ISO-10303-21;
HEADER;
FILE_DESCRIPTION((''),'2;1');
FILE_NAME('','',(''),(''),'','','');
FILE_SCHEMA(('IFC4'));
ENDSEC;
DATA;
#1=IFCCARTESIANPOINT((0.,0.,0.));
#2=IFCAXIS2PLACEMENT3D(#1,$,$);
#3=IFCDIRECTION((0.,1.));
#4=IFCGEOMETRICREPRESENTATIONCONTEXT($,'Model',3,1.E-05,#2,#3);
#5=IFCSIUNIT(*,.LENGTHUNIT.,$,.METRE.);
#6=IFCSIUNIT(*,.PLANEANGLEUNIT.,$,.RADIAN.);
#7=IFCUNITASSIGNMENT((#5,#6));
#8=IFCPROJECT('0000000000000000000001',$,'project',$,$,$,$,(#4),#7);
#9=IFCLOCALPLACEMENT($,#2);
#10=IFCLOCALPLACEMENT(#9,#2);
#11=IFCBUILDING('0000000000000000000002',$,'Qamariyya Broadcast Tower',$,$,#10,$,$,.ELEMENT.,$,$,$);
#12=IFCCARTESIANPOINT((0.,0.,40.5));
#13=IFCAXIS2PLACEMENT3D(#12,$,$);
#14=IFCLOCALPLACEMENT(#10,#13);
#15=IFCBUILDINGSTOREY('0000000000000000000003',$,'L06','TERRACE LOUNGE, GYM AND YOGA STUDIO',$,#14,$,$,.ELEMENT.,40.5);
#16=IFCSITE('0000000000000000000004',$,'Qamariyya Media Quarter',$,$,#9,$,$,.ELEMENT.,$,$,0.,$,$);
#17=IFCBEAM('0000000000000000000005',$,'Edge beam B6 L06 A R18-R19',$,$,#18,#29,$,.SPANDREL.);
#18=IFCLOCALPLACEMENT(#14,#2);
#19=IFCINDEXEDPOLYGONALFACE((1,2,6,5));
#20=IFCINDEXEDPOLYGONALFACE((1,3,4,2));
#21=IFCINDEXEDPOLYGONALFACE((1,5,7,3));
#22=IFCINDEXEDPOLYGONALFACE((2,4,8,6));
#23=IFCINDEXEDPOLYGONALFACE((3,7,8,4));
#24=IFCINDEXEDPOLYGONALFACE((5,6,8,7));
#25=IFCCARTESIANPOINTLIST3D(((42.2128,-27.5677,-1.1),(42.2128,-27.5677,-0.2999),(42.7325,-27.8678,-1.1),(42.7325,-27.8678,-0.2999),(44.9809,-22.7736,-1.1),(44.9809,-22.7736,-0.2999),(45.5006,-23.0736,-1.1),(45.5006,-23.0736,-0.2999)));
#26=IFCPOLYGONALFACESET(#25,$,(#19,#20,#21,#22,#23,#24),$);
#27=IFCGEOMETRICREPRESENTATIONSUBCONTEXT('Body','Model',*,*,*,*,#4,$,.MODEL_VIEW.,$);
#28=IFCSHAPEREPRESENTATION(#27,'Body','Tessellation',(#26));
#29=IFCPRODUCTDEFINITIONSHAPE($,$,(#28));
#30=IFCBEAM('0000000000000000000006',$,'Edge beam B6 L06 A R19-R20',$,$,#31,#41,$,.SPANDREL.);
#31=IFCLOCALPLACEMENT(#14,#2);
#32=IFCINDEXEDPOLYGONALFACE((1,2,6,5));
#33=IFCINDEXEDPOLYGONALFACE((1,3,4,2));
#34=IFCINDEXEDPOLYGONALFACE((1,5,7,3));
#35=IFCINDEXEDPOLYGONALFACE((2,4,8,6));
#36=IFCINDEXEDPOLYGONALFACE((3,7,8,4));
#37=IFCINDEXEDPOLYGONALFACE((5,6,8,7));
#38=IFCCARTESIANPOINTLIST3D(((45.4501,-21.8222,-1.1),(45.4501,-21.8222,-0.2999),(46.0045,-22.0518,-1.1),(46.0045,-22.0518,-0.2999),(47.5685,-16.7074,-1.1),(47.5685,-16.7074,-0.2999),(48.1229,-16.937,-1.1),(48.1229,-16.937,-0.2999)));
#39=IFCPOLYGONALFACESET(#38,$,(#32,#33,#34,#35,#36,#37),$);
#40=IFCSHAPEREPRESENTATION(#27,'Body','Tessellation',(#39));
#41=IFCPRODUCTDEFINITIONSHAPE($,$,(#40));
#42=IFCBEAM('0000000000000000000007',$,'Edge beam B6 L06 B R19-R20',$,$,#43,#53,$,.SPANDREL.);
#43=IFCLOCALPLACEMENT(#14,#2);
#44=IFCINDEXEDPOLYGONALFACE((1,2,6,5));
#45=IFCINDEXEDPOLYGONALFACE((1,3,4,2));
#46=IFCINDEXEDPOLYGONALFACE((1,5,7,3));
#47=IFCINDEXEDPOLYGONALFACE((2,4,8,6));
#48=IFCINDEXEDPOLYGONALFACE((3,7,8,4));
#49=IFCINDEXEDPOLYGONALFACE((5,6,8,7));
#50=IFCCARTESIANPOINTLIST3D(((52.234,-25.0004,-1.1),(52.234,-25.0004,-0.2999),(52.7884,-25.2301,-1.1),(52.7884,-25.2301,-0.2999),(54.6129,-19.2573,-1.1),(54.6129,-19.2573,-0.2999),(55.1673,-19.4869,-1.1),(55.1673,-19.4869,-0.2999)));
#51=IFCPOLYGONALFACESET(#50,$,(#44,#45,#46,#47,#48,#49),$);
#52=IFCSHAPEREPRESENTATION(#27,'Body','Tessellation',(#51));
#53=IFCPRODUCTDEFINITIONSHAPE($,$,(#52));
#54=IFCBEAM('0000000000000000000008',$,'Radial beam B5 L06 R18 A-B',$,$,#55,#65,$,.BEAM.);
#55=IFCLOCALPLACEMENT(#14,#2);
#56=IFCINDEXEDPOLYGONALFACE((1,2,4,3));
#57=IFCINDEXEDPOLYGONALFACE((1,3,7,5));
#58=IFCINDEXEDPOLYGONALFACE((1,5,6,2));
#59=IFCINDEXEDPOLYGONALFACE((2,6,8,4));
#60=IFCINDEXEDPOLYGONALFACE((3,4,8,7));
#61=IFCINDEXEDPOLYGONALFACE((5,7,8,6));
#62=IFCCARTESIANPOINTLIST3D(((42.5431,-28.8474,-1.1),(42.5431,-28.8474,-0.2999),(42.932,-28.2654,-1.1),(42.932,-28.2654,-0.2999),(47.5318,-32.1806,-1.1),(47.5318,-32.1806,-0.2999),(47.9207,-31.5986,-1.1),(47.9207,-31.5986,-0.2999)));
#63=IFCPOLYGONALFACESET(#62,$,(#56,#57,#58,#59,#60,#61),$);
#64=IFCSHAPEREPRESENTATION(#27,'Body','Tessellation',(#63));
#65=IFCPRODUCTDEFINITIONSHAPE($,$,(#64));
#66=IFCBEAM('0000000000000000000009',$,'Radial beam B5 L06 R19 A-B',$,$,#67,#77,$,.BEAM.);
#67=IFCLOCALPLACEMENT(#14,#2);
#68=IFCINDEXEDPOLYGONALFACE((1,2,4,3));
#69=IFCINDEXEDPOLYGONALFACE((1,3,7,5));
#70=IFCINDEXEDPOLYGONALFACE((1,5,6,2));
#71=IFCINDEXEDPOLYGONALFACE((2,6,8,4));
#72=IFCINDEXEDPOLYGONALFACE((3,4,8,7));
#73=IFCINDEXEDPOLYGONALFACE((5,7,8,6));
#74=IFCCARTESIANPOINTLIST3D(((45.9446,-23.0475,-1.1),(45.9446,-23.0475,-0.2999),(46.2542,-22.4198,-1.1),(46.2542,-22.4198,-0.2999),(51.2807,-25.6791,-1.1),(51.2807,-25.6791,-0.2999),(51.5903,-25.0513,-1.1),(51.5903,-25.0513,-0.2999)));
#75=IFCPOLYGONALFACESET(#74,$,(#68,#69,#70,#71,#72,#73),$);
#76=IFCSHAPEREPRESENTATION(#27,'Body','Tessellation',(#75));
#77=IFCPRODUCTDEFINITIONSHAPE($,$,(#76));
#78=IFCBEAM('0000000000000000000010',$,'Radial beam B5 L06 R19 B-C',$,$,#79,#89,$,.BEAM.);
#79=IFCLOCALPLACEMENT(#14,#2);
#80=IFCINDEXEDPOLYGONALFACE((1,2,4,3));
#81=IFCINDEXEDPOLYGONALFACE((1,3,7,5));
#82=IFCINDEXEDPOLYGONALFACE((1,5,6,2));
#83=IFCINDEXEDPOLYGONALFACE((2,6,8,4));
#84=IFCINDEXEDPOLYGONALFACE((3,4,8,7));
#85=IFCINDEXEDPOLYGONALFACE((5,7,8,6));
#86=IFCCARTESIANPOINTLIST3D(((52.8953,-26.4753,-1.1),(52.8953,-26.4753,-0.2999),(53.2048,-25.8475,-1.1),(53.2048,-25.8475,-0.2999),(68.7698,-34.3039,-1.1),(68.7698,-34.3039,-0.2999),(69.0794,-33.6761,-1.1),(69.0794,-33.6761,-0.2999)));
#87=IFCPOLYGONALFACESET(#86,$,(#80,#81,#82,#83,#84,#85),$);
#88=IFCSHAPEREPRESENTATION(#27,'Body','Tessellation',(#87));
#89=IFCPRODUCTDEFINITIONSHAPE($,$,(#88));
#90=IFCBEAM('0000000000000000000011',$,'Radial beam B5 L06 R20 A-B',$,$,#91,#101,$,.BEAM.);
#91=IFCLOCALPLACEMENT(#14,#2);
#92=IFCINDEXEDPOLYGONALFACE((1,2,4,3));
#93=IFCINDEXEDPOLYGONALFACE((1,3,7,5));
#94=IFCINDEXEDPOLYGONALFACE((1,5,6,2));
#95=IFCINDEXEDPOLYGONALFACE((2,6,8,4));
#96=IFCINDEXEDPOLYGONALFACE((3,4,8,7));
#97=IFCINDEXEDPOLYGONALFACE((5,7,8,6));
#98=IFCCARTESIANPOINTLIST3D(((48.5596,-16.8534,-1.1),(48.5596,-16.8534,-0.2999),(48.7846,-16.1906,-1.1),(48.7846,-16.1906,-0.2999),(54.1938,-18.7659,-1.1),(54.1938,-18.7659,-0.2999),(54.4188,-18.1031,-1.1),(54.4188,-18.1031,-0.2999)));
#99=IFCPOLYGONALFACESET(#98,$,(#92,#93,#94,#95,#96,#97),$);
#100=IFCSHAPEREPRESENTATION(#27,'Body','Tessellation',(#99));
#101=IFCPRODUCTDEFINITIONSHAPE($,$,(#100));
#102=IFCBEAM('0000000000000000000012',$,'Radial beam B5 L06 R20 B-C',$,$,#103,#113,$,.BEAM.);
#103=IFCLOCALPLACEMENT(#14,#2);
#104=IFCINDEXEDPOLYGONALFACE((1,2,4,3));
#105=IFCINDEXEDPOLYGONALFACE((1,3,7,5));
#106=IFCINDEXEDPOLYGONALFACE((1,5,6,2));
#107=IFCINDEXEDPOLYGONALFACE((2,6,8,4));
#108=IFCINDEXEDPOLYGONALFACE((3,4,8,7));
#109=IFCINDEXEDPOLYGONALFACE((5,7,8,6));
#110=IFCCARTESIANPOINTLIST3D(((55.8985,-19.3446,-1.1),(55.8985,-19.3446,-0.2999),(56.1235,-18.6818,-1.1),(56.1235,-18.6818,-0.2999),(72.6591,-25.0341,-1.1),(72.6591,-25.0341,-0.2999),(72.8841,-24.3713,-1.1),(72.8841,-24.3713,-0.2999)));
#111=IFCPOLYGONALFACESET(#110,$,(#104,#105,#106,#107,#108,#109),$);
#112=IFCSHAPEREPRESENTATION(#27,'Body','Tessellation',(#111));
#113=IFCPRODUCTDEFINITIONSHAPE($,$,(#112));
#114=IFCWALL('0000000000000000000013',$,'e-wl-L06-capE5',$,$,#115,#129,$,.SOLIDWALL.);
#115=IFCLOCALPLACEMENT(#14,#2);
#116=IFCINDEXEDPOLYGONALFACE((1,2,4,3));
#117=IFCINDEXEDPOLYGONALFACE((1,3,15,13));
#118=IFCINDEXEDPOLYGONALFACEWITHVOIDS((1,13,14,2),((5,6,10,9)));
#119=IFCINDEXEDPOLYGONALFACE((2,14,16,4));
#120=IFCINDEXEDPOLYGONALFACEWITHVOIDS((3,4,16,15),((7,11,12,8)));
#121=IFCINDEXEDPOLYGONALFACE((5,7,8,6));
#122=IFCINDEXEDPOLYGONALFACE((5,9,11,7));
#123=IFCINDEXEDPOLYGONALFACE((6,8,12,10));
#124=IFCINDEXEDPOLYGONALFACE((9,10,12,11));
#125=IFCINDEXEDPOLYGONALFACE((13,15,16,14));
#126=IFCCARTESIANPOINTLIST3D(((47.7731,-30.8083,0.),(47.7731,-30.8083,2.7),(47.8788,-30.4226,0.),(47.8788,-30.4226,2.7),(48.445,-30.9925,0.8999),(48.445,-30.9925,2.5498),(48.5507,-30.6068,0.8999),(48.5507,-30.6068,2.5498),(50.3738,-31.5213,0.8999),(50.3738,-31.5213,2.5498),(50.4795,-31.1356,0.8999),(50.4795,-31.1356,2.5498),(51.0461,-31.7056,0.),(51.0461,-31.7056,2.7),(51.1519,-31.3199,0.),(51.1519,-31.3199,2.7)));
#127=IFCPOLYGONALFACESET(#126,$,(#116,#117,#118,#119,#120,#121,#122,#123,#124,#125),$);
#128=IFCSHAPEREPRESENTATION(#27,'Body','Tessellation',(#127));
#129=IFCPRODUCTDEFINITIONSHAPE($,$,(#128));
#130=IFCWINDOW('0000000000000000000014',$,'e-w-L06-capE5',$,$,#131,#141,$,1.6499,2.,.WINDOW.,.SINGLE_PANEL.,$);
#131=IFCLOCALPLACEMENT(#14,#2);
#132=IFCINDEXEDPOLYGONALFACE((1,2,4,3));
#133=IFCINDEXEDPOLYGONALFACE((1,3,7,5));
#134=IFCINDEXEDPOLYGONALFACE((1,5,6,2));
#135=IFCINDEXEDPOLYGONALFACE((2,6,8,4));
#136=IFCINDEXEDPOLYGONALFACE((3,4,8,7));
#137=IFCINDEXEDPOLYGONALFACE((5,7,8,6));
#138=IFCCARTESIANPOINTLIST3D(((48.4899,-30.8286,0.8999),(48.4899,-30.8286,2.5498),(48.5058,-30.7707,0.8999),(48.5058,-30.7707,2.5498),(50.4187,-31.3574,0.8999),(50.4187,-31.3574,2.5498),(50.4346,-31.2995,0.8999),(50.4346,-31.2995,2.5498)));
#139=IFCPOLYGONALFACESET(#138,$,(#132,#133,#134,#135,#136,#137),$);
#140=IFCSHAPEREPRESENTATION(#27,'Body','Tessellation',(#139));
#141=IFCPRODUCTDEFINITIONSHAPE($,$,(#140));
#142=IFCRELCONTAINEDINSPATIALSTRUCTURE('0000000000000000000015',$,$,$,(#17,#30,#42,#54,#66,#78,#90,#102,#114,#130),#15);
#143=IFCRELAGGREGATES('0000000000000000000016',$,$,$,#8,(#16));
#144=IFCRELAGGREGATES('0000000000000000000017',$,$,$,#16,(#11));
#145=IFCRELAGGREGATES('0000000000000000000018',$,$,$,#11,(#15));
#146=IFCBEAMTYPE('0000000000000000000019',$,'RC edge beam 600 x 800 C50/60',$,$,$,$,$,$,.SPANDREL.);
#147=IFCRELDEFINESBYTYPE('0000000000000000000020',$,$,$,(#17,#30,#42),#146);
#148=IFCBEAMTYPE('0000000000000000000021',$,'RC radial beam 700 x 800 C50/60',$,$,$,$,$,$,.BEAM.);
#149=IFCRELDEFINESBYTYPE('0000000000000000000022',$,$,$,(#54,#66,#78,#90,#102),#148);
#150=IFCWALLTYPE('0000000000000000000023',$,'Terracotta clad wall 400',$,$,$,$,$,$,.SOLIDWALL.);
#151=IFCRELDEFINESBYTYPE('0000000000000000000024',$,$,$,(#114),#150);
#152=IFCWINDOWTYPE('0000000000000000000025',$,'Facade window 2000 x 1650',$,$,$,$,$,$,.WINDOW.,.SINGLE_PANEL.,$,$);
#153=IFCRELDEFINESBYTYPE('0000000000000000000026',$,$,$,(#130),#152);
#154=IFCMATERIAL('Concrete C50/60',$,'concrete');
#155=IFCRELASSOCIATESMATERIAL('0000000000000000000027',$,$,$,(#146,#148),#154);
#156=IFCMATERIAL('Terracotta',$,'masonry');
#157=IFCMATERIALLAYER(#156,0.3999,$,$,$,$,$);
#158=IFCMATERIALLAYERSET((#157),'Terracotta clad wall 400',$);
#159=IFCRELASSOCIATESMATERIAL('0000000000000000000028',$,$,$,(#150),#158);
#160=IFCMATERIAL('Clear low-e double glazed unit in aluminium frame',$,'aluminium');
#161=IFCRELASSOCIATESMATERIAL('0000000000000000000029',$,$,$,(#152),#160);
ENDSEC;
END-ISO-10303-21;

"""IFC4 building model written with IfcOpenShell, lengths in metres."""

from ifc_helpers import new_model, si_unit, direction, frame, frame_2d, origin, origin_2d, place, context, subcontext, project, spatial, rectangle, extrude, material, layer, layer_set, material_profile, profile_set, type_object, element, fill, save


model = new_model("IFC4")

# Units and contexts
model_context = context("Model", 3, precision=1e-05, world=origin(), true_north=direction((0.0, 1.0)))
body_context = subcontext(model_context, "Body", "Model", "MODEL_VIEW")
ifc_project = project(units=[si_unit("LENGTHUNIT", "METRE"), si_unit("PLANEANGLEUNIT", "RADIAN")], contexts=[model_context])

# Site, building, storey
site_placement = place(None, origin())
site = spatial("IfcSite", under=ifc_project, at=site_placement, Name="Qamariyya Media Quarter", CompositionType="ELEMENT", RefElevation=0.0)
building_placement = place(site_placement, origin())
building = spatial("IfcBuilding", under=site, at=building_placement, Name="Qamariyya Broadcast Tower", CompositionType="ELEMENT")
storey_placement = place(building_placement, frame((0.0, 0.0, 40.5)))
storey = spatial("IfcBuildingStorey", under=building, at=storey_placement, Name="L06", Description="TERRACE LOUNGE, GYM AND YOGA STUDIO", CompositionType="ELEMENT", Elevation=40.5)

# Beams
ifc_material_1 = material(Name="Concrete C50/60", Category="concrete")
ifc_material_profile_1 = material_profile(ifc_material_1, rectangle(XDim=0.6001, YDim=0.8, at=origin_2d()))
ifc_profile_set_1 = profile_set([ifc_material_profile_1], Name="Concrete C50/60")
beam_type_1 = type_object("IfcBeamType", Name="RC edge beam 600 x 800 C50/60", PredefinedType="SPANDREL", material=ifc_profile_set_1)
beam_1_placement = place(storey_placement, frame((42.4727, -27.7178, -0.7), z_axis=(0.500019, 0.866014, 0.0), x_axis=(-0.866014, 0.500019, 0.0)))
element("IfcBeam", 1, at=beam_1_placement, inside=storey, type_object=beam_type_1, Name="Edge beam B6 L06 A R18-R19", PredefinedType="SPANDREL", context=body_context, shape_type="SweptSolid", body=[
    extrude(rectangle(XDim=0.6001, YDim=0.8, at=origin_2d()), origin(), (0.0, 0.0, 1.0), 5.5359),
])
beam_2_placement = place(storey_placement, frame((45.7273, -21.937, -0.7), z_axis=(0.382654, 0.923892, 0.0), x_axis=(-0.923892, 0.382654, 0.0)))
element("IfcBeam", 2, at=beam_2_placement, inside=storey, type_object=beam_type_1, Name="Edge beam B6 L06 A R19-R20", PredefinedType="SPANDREL", context=body_context, shape_type="SweptSolid", body=[
    extrude(rectangle(XDim=0.6001, YDim=0.8, at=origin_2d()), origin(), (0.0, 0.0, 1.0), 5.5361),
])
beam_3_placement = place(storey_placement, frame((52.5112, -25.1152, -0.7), z_axis=(0.382685, 0.923879, 0.0), x_axis=(-0.923879, 0.382685, 0.0)))
element("IfcBeam", 3, at=beam_3_placement, inside=storey, type_object=beam_type_1, Name="Edge beam B6 L06 B R19-R20", PredefinedType="SPANDREL", context=body_context, shape_type="SweptSolid", body=[
    extrude(rectangle(XDim=0.6001, YDim=0.8, at=origin_2d()), origin(), (0.0, 0.0, 1.0), 6.2163),
])
ifc_material_profile_2 = material_profile(ifc_material_1, rectangle(XDim=0.7, YDim=0.8, at=origin_2d()))
ifc_profile_set_2 = profile_set([ifc_material_profile_2], Name="Concrete C50/60")
beam_type_2 = type_object("IfcBeamType", Name="RC radial beam 700 x 800 C50/60", PredefinedType="BEAM", material=ifc_profile_set_2)
beam_4_placement = place(storey_placement, frame((42.7375, -28.5564, -0.7), z_axis=(0.83148, -0.555554, 0.0), x_axis=(0.555554, 0.83148, 0.0)))
element("IfcBeam", 4, at=beam_4_placement, inside=storey, type_object=beam_type_2, Name="Radial beam B5 L06 R18 A-B", PredefinedType="BEAM", context=body_context, shape_type="SweptSolid", body=[
    extrude(rectangle(XDim=0.7, YDim=0.8, at=origin_2d()), origin(), (0.0, 0.0, 1.0), 5.9998),
])
beam_5_placement = place(storey_placement, frame((46.0994, -22.7336, -0.7), z_axis=(0.896868, -0.442299, 0.0), x_axis=(0.442299, 0.896868, 0.0)))
element("IfcBeam", 5, at=beam_5_placement, inside=storey, type_object=beam_type_2, Name="Radial beam B5 L06 R19 A-B", PredefinedType="BEAM", context=body_context, shape_type="SweptSolid", body=[
    extrude(rectangle(XDim=0.7, YDim=0.8, at=origin_2d()), origin(), (0.0, 0.0, 1.0), 5.9497),
])
beam_6_placement = place(storey_placement, frame((53.05, -26.1614, -0.7), z_axis=(0.896869, -0.442296, 0.0), x_axis=(0.442296, 0.896869, 0.0)))
element("IfcBeam", 6, at=beam_6_placement, inside=storey, type_object=beam_type_2, Name="Radial beam B5 L06 R19 B-C", PredefinedType="BEAM", context=body_context, shape_type="SweptSolid", body=[
    extrude(rectangle(XDim=0.7, YDim=0.8, at=origin_2d()), origin(), (0.0, 0.0, 1.0), 17.7),
])
beam_7_placement = place(storey_placement, frame((48.6721, -16.522, -0.7), z_axis=(0.946929, -0.321442, 0.0), x_axis=(0.321442, 0.946929, 0.0)))
element("IfcBeam", 7, at=beam_7_placement, inside=storey, type_object=beam_type_2, Name="Radial beam B5 L06 R20 A-B", PredefinedType="BEAM", context=body_context, shape_type="SweptSolid", body=[
    extrude(rectangle(XDim=0.7, YDim=0.8, at=origin_2d()), origin(), (0.0, 0.0, 1.0), 5.95),
])
beam_8_placement = place(storey_placement, frame((56.011, -19.0132, -0.7), z_axis=(0.94693, -0.321441, 0.0), x_axis=(0.321441, 0.94693, 0.0)))
element("IfcBeam", 8, at=beam_8_placement, inside=storey, type_object=beam_type_2, Name="Radial beam B5 L06 R20 B-C", PredefinedType="BEAM", context=body_context, shape_type="SweptSolid", body=[
    extrude(rectangle(XDim=0.7, YDim=0.8, at=origin_2d()), origin(), (0.0, 0.0, 1.0), 17.7),
])

# Wall, opening, window
ifc_material_2 = material(Name="Terracotta", Category="masonry")
ifc_layer = layer(ifc_material_2, 0.3999)
ifc_layer_set = layer_set([ifc_layer], Name="Terracotta clad wall 400")
wall_type = type_object("IfcWallType", Name="Terracotta clad wall 400", PredefinedType="SOLIDWALL", material=ifc_layer_set)
wall_1_placement = place(storey_placement, frame((51.0989, -31.5127, 0.0), z_axis=(0.0, 0.0, 1.0), x_axis=(-0.964419, 0.264377, 0.0)))
wall_1 = element("IfcWall", 9, at=wall_1_placement, inside=storey, type_object=wall_type, Name="e-wl-L06-capE5", PredefinedType="SOLIDWALL", context=body_context, shape_type="SweptSolid", body=[
    extrude(rectangle(XDim=3.3938, YDim=0.3999, at=frame_2d((1.6968, 0.0))), origin(), (0.0, 0.0, 1.0), 2.7),
])
opening_1_placement = place(wall_1_placement, frame((0.697, 0.0, 0.8999)))
opening_1 = element("IfcOpeningElement", 10, at=opening_1_placement, cuts=wall_1, PredefinedType="OPENING", context=body_context, shape_type="SweptSolid", body=[
    extrude(rectangle(XDim=2.0, YDim=1.6499, at=frame_2d((1.0, 0.825))), frame((0.0, 0.21, 0.0), z_axis=(0.0, -1.0, 0.0), x_axis=(1.0, 0.0, 0.0)), (0.0, 0.0, 1.0), 0.4199),
])
ifc_material_3 = material(Name="Clear low-e double glazed unit in aluminium frame", Category="aluminium")
window_type_1 = type_object("IfcWindowType", Name="Facade window 2000 x 1650", PartitioningType="SINGLE_PANEL", PredefinedType="WINDOW", material=ifc_material_3)
window_1_placement = place(opening_1_placement, origin())
window_1 = element("IfcWindow", 11, at=window_1_placement, inside=storey, type_object=window_type_1, Name="e-w-L06-capE5", OverallHeight=1.6499, OverallWidth=2.0, PartitioningType="SINGLE_PANEL", PredefinedType="WINDOW", context=body_context, shape_type="SweptSolid", body=[
    extrude(rectangle(XDim=2.0, YDim=1.6499, at=frame_2d((1.0, 0.825))), frame((0.0, 0.03, 0.0), z_axis=(0.0, -1.0, 0.0), x_axis=(1.0, 0.0, 0.0)), (0.0, 0.0, 1.0), 0.0601),
])
fill(opening_1, window_1)

save(model, "model.ifc")
